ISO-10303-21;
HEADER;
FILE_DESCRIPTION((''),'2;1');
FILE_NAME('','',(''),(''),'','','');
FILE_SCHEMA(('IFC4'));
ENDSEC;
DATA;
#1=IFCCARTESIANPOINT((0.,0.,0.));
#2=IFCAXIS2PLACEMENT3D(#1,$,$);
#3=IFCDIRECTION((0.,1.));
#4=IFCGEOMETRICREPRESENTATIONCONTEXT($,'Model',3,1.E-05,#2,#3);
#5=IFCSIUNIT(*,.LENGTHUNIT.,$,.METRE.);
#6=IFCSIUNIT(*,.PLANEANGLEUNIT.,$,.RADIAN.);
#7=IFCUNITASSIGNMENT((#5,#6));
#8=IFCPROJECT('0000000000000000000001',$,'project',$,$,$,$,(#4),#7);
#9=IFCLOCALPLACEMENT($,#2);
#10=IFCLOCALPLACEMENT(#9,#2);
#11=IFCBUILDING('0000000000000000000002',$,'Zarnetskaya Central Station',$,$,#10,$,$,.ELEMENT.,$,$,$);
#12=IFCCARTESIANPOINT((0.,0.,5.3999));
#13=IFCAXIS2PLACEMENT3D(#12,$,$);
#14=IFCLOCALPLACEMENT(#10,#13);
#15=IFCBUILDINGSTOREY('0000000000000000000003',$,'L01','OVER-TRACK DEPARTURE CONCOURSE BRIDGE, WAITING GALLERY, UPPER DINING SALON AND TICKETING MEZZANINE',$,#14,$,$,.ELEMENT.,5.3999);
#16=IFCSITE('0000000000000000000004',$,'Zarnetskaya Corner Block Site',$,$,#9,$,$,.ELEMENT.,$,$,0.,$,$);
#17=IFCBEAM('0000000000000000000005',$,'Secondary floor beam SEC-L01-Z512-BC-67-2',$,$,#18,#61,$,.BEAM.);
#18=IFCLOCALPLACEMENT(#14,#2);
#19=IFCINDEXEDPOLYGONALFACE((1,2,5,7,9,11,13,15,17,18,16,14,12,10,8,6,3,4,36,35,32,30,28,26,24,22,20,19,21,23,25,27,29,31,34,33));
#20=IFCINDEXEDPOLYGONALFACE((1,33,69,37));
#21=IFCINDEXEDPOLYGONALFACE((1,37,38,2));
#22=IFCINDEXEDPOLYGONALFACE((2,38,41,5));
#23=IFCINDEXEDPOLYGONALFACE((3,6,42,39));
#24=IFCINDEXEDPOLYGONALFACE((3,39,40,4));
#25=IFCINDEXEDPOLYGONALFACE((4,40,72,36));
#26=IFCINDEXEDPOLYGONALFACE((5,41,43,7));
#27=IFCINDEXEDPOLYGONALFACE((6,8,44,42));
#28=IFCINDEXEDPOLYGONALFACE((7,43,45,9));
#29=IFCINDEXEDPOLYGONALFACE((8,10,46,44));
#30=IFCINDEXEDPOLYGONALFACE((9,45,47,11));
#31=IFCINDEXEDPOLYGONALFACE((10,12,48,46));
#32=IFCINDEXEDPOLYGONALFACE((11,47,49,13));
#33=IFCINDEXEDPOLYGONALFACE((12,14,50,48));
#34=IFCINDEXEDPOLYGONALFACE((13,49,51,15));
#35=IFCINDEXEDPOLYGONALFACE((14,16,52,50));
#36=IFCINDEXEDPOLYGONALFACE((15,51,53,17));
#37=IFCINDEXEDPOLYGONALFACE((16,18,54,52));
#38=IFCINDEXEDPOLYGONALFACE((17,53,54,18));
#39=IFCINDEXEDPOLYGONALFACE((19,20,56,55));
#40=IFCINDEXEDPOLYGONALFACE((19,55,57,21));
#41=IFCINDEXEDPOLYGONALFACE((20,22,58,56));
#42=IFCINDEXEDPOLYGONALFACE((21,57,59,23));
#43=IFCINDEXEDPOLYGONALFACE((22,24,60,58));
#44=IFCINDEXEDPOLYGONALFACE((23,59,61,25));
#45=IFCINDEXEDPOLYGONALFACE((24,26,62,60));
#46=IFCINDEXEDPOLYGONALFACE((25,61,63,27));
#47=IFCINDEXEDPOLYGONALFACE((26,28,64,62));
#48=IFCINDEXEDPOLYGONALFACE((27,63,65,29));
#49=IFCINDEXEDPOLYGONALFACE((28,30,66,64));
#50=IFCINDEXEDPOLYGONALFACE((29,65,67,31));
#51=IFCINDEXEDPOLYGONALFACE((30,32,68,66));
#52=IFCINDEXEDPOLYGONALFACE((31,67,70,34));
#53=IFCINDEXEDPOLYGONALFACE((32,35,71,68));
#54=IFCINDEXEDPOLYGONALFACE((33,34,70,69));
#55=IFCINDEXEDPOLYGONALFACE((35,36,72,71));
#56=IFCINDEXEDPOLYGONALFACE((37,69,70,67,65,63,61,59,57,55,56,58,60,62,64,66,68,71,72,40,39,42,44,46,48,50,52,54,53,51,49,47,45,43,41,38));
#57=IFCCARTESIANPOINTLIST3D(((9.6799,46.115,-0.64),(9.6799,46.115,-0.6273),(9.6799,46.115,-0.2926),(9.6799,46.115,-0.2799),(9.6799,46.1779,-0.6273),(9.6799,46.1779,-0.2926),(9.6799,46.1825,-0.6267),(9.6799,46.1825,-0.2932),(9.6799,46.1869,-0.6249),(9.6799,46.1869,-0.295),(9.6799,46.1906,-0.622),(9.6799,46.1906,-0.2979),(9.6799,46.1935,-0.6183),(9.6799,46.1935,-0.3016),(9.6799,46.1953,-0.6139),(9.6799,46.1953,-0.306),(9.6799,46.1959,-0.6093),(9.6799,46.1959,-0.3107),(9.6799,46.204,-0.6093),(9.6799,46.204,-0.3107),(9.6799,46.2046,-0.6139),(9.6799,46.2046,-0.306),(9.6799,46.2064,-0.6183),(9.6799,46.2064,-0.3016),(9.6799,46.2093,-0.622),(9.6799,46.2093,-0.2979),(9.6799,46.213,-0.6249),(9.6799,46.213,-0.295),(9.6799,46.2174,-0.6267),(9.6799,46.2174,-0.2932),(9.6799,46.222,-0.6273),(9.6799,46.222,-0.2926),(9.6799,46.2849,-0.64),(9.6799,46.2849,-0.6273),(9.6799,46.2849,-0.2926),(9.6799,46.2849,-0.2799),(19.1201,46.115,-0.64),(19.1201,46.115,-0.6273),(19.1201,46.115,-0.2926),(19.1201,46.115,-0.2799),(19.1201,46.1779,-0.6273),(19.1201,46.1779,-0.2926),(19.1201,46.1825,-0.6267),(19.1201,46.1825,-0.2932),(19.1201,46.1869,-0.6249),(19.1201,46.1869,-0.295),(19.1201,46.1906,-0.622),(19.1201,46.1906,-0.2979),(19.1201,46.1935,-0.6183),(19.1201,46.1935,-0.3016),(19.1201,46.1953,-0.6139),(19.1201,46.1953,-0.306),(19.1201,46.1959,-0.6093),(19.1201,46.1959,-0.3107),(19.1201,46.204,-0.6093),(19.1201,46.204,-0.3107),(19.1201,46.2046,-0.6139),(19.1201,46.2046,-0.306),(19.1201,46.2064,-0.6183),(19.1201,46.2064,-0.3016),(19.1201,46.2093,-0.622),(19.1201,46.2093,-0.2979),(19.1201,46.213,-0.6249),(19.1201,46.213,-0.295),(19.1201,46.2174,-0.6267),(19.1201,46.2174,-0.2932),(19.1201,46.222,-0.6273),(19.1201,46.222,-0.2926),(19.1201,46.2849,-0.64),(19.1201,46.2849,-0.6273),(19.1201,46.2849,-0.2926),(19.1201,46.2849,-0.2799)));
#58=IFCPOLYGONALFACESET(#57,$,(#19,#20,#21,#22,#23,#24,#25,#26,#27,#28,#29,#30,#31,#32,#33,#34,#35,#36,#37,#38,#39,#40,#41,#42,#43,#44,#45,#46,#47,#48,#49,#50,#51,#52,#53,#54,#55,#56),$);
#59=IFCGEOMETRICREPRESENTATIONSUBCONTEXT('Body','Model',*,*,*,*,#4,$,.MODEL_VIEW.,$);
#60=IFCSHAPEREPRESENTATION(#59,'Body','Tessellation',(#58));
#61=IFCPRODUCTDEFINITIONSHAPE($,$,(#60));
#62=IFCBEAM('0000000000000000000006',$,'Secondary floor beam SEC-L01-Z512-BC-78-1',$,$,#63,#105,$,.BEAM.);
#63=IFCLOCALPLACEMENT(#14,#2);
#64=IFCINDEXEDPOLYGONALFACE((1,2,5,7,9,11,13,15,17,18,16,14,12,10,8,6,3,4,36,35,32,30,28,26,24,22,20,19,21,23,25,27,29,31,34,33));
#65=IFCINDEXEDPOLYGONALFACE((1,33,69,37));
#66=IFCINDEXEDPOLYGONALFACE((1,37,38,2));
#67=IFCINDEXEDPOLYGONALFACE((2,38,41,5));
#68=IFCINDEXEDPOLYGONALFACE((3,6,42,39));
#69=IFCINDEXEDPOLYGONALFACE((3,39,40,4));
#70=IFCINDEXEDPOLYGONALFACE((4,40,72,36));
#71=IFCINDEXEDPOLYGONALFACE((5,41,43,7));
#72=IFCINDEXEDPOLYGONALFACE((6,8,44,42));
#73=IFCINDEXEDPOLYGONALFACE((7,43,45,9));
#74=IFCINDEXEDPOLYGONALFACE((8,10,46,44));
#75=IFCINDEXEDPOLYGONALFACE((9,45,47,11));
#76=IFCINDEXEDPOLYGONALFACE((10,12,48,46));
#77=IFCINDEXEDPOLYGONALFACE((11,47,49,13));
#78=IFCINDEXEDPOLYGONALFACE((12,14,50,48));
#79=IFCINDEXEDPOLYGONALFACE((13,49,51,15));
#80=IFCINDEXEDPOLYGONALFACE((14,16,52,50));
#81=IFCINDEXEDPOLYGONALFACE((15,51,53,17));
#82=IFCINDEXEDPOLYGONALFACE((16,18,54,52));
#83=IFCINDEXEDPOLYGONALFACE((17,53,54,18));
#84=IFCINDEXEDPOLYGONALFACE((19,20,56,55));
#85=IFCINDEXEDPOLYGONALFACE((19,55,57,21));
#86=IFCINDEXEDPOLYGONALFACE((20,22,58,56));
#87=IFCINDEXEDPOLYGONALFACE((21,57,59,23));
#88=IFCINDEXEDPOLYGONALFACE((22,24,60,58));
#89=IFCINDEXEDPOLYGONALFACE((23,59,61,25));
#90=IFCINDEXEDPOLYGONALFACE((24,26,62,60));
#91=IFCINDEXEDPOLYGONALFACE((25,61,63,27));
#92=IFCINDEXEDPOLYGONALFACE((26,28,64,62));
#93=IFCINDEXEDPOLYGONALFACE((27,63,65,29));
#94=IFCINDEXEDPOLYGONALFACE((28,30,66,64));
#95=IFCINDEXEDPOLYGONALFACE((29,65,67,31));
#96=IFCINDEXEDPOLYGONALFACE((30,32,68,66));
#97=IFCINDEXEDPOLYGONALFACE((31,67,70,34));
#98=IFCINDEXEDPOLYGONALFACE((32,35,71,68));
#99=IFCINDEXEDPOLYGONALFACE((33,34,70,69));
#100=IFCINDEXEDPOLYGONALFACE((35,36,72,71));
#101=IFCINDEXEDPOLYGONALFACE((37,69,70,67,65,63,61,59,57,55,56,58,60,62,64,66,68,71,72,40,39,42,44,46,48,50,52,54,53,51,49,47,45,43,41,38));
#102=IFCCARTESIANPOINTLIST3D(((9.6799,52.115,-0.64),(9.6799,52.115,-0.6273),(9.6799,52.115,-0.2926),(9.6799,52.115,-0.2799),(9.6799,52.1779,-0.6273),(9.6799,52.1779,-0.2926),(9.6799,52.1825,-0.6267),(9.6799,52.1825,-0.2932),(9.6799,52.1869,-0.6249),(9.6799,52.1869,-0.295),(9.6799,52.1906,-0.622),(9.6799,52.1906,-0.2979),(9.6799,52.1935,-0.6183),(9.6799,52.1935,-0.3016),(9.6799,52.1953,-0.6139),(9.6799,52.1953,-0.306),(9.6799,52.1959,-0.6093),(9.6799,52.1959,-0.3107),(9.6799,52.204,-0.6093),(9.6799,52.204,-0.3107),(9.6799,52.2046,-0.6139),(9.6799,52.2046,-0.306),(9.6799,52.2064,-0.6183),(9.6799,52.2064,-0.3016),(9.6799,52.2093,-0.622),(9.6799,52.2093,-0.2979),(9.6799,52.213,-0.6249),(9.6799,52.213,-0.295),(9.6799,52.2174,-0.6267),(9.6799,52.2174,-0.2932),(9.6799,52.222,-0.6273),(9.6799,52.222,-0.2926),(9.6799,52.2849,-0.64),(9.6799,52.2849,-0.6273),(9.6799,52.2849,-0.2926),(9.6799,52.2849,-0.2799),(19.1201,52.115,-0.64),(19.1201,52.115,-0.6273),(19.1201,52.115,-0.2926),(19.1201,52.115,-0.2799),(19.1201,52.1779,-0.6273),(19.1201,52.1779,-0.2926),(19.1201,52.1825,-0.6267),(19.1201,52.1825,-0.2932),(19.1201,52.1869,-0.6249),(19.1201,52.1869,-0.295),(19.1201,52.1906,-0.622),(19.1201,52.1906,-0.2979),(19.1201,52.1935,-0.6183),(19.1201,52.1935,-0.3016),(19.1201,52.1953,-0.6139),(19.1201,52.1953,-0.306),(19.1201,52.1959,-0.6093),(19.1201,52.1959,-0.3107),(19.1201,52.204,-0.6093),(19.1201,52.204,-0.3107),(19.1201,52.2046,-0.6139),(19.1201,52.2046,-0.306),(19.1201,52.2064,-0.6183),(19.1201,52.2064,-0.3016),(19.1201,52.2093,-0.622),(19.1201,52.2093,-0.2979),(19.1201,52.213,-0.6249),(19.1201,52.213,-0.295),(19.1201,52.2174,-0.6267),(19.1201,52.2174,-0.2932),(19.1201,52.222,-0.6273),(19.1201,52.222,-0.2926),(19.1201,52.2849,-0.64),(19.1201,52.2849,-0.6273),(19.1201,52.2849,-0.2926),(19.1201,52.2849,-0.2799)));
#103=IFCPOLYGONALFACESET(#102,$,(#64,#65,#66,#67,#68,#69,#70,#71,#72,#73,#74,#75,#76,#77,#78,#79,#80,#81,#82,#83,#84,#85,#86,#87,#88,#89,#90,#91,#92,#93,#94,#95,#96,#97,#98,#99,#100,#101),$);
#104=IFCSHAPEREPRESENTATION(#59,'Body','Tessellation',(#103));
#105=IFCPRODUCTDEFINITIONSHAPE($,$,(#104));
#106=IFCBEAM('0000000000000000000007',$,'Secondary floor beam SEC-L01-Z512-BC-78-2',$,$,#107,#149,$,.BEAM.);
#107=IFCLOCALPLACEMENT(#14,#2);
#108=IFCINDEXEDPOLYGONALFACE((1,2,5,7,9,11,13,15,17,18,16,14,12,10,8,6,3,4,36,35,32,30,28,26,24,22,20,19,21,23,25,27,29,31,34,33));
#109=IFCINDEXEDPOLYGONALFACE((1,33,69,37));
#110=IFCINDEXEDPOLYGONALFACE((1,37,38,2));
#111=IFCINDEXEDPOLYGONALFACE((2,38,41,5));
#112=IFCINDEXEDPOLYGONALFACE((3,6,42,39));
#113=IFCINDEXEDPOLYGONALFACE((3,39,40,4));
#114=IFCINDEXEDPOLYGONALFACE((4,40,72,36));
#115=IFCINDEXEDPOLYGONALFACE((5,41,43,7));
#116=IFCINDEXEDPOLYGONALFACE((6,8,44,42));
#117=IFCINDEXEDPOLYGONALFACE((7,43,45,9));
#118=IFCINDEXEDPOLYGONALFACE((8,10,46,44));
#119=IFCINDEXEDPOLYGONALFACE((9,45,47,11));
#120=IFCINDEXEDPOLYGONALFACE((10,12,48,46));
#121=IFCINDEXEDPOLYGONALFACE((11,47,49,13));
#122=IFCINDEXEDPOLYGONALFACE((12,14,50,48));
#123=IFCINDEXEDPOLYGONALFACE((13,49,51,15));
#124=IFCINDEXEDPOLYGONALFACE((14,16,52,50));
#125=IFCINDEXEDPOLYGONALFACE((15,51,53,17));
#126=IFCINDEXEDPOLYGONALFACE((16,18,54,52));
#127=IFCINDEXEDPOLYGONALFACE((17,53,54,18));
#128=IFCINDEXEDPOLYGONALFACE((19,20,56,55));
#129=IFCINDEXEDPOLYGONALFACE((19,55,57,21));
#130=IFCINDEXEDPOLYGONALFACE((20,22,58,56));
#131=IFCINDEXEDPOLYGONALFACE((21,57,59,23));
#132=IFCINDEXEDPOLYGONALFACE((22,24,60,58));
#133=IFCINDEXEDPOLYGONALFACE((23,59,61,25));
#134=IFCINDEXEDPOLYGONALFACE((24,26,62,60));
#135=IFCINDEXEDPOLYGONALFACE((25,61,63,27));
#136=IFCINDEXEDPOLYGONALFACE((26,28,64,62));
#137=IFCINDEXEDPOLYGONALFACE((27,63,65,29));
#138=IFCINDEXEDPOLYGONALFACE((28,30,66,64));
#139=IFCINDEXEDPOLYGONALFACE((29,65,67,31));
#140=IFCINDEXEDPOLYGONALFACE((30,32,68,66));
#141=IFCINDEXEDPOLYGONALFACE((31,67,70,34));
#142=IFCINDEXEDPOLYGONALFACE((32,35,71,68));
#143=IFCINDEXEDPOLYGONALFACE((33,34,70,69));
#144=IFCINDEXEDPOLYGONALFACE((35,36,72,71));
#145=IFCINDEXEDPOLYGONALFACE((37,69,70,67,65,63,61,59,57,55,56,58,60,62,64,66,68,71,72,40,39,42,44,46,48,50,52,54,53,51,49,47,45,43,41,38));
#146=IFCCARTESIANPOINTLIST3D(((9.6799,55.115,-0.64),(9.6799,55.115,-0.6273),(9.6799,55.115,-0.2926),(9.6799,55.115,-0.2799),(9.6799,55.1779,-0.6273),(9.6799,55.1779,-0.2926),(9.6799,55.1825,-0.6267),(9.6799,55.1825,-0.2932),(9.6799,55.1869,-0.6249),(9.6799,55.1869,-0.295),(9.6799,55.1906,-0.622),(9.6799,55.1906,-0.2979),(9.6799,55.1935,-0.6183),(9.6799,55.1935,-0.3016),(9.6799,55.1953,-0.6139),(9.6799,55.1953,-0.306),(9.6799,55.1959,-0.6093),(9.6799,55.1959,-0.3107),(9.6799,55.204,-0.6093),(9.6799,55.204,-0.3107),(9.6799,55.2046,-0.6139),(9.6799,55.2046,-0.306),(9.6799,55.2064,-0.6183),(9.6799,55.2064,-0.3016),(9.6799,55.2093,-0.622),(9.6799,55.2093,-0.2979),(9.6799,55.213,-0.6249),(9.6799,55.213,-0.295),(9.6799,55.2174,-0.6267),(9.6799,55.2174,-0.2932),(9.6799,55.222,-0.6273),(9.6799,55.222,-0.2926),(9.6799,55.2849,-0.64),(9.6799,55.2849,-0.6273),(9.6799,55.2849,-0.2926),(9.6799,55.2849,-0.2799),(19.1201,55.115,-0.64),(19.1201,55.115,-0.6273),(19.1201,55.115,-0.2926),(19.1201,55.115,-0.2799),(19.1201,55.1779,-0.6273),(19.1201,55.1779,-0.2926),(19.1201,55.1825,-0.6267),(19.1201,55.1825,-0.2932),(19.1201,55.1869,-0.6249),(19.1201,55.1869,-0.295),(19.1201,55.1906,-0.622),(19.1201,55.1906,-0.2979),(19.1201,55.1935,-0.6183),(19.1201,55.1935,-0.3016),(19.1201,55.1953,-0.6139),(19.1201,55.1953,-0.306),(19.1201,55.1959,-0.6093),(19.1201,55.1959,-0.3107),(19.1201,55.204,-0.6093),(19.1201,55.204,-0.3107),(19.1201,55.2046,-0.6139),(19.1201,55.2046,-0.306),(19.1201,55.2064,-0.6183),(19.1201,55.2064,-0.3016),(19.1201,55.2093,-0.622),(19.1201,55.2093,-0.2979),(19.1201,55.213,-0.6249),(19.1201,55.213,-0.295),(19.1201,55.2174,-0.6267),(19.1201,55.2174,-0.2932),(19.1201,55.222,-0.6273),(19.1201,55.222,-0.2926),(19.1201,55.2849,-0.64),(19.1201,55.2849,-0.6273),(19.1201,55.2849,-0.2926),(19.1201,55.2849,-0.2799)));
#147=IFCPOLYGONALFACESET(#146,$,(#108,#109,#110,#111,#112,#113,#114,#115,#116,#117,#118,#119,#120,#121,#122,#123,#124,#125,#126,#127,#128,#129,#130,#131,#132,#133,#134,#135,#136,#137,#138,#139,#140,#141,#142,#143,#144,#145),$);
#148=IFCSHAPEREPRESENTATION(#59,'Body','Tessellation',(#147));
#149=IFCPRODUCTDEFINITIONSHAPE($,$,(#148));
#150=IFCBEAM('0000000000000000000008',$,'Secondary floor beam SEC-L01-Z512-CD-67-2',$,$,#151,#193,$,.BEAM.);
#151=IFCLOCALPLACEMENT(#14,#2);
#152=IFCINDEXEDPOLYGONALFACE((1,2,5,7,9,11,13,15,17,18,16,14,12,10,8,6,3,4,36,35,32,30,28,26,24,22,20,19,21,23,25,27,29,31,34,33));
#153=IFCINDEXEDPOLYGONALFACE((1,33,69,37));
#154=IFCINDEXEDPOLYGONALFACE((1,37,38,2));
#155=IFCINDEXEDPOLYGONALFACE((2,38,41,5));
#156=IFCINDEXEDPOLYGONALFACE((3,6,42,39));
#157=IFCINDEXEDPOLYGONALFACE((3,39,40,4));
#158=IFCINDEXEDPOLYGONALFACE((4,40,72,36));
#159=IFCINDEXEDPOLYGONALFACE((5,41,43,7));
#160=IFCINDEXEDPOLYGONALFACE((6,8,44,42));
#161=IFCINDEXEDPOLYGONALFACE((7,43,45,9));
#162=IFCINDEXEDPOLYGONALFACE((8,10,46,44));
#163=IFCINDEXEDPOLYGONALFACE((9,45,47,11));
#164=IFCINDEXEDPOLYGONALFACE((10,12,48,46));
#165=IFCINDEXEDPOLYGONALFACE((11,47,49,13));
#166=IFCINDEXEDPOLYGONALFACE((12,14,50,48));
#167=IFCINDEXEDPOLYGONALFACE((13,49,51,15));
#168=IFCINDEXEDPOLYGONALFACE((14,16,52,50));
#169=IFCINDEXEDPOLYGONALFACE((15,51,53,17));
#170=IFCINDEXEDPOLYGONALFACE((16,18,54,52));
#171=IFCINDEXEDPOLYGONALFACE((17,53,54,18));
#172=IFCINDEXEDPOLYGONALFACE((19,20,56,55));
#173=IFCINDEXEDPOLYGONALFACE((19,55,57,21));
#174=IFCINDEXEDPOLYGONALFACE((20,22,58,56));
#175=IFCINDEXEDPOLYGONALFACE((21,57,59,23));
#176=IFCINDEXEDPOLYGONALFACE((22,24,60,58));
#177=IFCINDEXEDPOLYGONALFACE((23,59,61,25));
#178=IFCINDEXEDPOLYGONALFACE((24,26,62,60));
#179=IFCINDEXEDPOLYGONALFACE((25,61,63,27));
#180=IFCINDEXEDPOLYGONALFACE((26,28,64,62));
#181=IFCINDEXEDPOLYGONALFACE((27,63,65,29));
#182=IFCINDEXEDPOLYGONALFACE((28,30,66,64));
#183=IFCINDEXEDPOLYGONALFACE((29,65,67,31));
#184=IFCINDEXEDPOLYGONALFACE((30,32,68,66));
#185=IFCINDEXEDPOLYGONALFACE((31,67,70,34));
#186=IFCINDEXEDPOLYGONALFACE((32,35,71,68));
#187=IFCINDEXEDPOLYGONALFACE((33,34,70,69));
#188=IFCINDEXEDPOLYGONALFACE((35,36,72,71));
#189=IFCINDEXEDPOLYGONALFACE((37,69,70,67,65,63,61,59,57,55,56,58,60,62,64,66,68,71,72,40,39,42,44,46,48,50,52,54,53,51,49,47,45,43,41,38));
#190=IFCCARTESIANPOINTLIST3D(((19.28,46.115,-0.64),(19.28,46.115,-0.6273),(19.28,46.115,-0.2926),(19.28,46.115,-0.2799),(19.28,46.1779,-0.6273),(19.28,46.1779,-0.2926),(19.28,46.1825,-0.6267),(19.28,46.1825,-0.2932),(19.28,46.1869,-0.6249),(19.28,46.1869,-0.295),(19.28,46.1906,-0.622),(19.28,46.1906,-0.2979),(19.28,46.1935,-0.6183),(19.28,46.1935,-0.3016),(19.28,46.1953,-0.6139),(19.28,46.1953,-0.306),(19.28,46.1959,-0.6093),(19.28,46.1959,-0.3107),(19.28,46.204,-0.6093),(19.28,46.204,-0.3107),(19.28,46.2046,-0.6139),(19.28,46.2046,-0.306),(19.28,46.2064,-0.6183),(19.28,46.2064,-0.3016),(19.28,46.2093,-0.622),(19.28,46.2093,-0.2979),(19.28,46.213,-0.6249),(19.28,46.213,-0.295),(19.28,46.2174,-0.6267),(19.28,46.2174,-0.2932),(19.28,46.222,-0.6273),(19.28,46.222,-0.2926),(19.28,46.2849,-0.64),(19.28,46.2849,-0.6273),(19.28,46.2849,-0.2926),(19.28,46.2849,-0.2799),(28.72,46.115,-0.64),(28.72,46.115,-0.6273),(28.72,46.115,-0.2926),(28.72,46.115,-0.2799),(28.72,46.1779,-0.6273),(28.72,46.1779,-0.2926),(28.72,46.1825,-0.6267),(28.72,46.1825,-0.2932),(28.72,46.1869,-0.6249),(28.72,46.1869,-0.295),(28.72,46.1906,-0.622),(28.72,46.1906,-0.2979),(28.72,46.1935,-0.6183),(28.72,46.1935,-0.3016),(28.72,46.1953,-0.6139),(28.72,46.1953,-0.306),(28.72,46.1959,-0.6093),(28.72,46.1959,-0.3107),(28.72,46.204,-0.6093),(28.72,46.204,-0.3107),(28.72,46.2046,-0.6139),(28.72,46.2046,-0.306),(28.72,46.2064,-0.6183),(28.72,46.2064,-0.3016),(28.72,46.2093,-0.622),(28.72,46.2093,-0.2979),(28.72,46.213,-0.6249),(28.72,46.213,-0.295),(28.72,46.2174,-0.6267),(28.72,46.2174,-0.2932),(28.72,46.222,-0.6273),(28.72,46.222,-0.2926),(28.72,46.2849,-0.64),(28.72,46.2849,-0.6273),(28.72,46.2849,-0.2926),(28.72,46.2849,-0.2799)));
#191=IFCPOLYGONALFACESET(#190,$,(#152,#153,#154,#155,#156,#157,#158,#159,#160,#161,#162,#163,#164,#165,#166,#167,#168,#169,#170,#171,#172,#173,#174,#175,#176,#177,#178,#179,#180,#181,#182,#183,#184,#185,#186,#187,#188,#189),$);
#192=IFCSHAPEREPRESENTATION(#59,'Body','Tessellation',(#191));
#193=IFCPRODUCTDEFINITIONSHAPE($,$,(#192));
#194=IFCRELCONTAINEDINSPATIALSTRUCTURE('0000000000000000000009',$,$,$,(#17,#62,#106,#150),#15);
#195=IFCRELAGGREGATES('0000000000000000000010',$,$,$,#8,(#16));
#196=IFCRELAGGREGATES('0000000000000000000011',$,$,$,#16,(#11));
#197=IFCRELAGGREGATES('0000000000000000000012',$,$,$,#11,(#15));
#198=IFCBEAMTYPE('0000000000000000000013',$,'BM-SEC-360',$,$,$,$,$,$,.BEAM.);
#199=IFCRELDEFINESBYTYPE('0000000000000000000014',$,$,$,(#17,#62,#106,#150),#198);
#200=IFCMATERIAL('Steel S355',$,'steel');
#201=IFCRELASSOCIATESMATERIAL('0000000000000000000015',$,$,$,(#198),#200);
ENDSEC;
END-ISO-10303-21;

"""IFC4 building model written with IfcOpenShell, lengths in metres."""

from ifc_helpers import new_model, si_unit, direction, frame, origin, origin_2d, place, context, subcontext, project, spatial, i_section, extrude, material, material_profile, profile_set, type_object, element, save


model = new_model("IFC4")

# Units and contexts
model_context = context("Model", 3, precision=1e-05, world=origin(), true_north=direction((0.0, 1.0)))
body_context = subcontext(model_context, "Body", "Model", "MODEL_VIEW")
ifc_project = project(units=[si_unit("LENGTHUNIT", "METRE"), si_unit("PLANEANGLEUNIT", "RADIAN")], contexts=[model_context])

# Site, building, storey
site_placement = place(None, origin())
site = spatial("IfcSite", under=ifc_project, at=site_placement, Name="Zarnetskaya Corner Block Site", CompositionType="ELEMENT", RefElevation=0.0)
building_placement = place(site_placement, origin())
building = spatial("IfcBuilding", under=site, at=building_placement, Name="Zarnetskaya Central Station", CompositionType="ELEMENT")
storey_placement = place(building_placement, frame((0.0, 0.0, 5.3999)))
storey = spatial("IfcBuildingStorey", under=building, at=storey_placement, Name="L01", Description="OVER-TRACK DEPARTURE CONCOURSE BRIDGE, WAITING GALLERY, UPPER DINING SALON AND TICKETING MEZZANINE", CompositionType="ELEMENT", Elevation=5.3999)

# Shared definitions
ifc_material_1 = material(Name="Steel S355", Category="steel")

# Beams
ifc_material_profile_1 = material_profile(ifc_material_1, i_section(OverallWidth=0.1699, OverallDepth=0.3601, WebThickness=0.0081, FlangeThickness=0.0127, FilletRadius=0.0181, at=origin_2d()), Name="IPE 360")
ifc_profile_set_1 = profile_set([ifc_material_profile_1], Name="Steel S355")
beam_type_1 = type_object("IfcBeamType", Name="BM-SEC-360", PredefinedType="BEAM", material=ifc_profile_set_1)
for number, where, z_axis, x_axis, name in (
    (1, (9.6799, 46.2, -0.46), (1.0, 0.0, 0.0), (0.0, 1.0, 0.0), "Secondary floor beam SEC-L01-Z512-BC-67-2"),
    (2, (9.6799, 52.2, -0.46), (1.0, 0.0, 0.0), (0.0, 1.0, 0.0), "Secondary floor beam SEC-L01-Z512-BC-78-1"),
    (3, (9.6799, 55.2, -0.46), (1.0, 0.0, 0.0), (0.0, 1.0, 0.0), "Secondary floor beam SEC-L01-Z512-BC-78-2"),
):
    element("IfcBeam", number, at=place(storey_placement, frame(where, z_axis=z_axis, x_axis=x_axis)), inside=storey, type_object=beam_type_1, Name=name, PredefinedType="BEAM", context=body_context, shape_type="SweptSolid", body=[
        extrude(i_section(OverallWidth=0.1699, OverallDepth=0.3601, WebThickness=0.0081, FlangeThickness=0.0127, FilletRadius=0.0181, at=origin_2d()), origin(), (0.0, 0.0, 1.0), 9.4402),
    ])
for number, where, z_axis, x_axis, name in (
    (4, (19.28, 46.2, -0.46), (1.0, 0.0, 0.0), (0.0, 1.0, 0.0), "Secondary floor beam SEC-L01-Z512-CD-67-2"),
):
    element("IfcBeam", number, at=place(storey_placement, frame(where, z_axis=z_axis, x_axis=x_axis)), inside=storey, type_object=beam_type_1, Name=name, PredefinedType="BEAM", context=body_context, shape_type="SweptSolid", body=[
        extrude(i_section(OverallWidth=0.1699, OverallDepth=0.3601, WebThickness=0.0081, FlangeThickness=0.0127, FilletRadius=0.0181, at=origin_2d()), origin(), (0.0, 0.0, 1.0), 9.4399),
    ])

save(model, "model.ifc")
